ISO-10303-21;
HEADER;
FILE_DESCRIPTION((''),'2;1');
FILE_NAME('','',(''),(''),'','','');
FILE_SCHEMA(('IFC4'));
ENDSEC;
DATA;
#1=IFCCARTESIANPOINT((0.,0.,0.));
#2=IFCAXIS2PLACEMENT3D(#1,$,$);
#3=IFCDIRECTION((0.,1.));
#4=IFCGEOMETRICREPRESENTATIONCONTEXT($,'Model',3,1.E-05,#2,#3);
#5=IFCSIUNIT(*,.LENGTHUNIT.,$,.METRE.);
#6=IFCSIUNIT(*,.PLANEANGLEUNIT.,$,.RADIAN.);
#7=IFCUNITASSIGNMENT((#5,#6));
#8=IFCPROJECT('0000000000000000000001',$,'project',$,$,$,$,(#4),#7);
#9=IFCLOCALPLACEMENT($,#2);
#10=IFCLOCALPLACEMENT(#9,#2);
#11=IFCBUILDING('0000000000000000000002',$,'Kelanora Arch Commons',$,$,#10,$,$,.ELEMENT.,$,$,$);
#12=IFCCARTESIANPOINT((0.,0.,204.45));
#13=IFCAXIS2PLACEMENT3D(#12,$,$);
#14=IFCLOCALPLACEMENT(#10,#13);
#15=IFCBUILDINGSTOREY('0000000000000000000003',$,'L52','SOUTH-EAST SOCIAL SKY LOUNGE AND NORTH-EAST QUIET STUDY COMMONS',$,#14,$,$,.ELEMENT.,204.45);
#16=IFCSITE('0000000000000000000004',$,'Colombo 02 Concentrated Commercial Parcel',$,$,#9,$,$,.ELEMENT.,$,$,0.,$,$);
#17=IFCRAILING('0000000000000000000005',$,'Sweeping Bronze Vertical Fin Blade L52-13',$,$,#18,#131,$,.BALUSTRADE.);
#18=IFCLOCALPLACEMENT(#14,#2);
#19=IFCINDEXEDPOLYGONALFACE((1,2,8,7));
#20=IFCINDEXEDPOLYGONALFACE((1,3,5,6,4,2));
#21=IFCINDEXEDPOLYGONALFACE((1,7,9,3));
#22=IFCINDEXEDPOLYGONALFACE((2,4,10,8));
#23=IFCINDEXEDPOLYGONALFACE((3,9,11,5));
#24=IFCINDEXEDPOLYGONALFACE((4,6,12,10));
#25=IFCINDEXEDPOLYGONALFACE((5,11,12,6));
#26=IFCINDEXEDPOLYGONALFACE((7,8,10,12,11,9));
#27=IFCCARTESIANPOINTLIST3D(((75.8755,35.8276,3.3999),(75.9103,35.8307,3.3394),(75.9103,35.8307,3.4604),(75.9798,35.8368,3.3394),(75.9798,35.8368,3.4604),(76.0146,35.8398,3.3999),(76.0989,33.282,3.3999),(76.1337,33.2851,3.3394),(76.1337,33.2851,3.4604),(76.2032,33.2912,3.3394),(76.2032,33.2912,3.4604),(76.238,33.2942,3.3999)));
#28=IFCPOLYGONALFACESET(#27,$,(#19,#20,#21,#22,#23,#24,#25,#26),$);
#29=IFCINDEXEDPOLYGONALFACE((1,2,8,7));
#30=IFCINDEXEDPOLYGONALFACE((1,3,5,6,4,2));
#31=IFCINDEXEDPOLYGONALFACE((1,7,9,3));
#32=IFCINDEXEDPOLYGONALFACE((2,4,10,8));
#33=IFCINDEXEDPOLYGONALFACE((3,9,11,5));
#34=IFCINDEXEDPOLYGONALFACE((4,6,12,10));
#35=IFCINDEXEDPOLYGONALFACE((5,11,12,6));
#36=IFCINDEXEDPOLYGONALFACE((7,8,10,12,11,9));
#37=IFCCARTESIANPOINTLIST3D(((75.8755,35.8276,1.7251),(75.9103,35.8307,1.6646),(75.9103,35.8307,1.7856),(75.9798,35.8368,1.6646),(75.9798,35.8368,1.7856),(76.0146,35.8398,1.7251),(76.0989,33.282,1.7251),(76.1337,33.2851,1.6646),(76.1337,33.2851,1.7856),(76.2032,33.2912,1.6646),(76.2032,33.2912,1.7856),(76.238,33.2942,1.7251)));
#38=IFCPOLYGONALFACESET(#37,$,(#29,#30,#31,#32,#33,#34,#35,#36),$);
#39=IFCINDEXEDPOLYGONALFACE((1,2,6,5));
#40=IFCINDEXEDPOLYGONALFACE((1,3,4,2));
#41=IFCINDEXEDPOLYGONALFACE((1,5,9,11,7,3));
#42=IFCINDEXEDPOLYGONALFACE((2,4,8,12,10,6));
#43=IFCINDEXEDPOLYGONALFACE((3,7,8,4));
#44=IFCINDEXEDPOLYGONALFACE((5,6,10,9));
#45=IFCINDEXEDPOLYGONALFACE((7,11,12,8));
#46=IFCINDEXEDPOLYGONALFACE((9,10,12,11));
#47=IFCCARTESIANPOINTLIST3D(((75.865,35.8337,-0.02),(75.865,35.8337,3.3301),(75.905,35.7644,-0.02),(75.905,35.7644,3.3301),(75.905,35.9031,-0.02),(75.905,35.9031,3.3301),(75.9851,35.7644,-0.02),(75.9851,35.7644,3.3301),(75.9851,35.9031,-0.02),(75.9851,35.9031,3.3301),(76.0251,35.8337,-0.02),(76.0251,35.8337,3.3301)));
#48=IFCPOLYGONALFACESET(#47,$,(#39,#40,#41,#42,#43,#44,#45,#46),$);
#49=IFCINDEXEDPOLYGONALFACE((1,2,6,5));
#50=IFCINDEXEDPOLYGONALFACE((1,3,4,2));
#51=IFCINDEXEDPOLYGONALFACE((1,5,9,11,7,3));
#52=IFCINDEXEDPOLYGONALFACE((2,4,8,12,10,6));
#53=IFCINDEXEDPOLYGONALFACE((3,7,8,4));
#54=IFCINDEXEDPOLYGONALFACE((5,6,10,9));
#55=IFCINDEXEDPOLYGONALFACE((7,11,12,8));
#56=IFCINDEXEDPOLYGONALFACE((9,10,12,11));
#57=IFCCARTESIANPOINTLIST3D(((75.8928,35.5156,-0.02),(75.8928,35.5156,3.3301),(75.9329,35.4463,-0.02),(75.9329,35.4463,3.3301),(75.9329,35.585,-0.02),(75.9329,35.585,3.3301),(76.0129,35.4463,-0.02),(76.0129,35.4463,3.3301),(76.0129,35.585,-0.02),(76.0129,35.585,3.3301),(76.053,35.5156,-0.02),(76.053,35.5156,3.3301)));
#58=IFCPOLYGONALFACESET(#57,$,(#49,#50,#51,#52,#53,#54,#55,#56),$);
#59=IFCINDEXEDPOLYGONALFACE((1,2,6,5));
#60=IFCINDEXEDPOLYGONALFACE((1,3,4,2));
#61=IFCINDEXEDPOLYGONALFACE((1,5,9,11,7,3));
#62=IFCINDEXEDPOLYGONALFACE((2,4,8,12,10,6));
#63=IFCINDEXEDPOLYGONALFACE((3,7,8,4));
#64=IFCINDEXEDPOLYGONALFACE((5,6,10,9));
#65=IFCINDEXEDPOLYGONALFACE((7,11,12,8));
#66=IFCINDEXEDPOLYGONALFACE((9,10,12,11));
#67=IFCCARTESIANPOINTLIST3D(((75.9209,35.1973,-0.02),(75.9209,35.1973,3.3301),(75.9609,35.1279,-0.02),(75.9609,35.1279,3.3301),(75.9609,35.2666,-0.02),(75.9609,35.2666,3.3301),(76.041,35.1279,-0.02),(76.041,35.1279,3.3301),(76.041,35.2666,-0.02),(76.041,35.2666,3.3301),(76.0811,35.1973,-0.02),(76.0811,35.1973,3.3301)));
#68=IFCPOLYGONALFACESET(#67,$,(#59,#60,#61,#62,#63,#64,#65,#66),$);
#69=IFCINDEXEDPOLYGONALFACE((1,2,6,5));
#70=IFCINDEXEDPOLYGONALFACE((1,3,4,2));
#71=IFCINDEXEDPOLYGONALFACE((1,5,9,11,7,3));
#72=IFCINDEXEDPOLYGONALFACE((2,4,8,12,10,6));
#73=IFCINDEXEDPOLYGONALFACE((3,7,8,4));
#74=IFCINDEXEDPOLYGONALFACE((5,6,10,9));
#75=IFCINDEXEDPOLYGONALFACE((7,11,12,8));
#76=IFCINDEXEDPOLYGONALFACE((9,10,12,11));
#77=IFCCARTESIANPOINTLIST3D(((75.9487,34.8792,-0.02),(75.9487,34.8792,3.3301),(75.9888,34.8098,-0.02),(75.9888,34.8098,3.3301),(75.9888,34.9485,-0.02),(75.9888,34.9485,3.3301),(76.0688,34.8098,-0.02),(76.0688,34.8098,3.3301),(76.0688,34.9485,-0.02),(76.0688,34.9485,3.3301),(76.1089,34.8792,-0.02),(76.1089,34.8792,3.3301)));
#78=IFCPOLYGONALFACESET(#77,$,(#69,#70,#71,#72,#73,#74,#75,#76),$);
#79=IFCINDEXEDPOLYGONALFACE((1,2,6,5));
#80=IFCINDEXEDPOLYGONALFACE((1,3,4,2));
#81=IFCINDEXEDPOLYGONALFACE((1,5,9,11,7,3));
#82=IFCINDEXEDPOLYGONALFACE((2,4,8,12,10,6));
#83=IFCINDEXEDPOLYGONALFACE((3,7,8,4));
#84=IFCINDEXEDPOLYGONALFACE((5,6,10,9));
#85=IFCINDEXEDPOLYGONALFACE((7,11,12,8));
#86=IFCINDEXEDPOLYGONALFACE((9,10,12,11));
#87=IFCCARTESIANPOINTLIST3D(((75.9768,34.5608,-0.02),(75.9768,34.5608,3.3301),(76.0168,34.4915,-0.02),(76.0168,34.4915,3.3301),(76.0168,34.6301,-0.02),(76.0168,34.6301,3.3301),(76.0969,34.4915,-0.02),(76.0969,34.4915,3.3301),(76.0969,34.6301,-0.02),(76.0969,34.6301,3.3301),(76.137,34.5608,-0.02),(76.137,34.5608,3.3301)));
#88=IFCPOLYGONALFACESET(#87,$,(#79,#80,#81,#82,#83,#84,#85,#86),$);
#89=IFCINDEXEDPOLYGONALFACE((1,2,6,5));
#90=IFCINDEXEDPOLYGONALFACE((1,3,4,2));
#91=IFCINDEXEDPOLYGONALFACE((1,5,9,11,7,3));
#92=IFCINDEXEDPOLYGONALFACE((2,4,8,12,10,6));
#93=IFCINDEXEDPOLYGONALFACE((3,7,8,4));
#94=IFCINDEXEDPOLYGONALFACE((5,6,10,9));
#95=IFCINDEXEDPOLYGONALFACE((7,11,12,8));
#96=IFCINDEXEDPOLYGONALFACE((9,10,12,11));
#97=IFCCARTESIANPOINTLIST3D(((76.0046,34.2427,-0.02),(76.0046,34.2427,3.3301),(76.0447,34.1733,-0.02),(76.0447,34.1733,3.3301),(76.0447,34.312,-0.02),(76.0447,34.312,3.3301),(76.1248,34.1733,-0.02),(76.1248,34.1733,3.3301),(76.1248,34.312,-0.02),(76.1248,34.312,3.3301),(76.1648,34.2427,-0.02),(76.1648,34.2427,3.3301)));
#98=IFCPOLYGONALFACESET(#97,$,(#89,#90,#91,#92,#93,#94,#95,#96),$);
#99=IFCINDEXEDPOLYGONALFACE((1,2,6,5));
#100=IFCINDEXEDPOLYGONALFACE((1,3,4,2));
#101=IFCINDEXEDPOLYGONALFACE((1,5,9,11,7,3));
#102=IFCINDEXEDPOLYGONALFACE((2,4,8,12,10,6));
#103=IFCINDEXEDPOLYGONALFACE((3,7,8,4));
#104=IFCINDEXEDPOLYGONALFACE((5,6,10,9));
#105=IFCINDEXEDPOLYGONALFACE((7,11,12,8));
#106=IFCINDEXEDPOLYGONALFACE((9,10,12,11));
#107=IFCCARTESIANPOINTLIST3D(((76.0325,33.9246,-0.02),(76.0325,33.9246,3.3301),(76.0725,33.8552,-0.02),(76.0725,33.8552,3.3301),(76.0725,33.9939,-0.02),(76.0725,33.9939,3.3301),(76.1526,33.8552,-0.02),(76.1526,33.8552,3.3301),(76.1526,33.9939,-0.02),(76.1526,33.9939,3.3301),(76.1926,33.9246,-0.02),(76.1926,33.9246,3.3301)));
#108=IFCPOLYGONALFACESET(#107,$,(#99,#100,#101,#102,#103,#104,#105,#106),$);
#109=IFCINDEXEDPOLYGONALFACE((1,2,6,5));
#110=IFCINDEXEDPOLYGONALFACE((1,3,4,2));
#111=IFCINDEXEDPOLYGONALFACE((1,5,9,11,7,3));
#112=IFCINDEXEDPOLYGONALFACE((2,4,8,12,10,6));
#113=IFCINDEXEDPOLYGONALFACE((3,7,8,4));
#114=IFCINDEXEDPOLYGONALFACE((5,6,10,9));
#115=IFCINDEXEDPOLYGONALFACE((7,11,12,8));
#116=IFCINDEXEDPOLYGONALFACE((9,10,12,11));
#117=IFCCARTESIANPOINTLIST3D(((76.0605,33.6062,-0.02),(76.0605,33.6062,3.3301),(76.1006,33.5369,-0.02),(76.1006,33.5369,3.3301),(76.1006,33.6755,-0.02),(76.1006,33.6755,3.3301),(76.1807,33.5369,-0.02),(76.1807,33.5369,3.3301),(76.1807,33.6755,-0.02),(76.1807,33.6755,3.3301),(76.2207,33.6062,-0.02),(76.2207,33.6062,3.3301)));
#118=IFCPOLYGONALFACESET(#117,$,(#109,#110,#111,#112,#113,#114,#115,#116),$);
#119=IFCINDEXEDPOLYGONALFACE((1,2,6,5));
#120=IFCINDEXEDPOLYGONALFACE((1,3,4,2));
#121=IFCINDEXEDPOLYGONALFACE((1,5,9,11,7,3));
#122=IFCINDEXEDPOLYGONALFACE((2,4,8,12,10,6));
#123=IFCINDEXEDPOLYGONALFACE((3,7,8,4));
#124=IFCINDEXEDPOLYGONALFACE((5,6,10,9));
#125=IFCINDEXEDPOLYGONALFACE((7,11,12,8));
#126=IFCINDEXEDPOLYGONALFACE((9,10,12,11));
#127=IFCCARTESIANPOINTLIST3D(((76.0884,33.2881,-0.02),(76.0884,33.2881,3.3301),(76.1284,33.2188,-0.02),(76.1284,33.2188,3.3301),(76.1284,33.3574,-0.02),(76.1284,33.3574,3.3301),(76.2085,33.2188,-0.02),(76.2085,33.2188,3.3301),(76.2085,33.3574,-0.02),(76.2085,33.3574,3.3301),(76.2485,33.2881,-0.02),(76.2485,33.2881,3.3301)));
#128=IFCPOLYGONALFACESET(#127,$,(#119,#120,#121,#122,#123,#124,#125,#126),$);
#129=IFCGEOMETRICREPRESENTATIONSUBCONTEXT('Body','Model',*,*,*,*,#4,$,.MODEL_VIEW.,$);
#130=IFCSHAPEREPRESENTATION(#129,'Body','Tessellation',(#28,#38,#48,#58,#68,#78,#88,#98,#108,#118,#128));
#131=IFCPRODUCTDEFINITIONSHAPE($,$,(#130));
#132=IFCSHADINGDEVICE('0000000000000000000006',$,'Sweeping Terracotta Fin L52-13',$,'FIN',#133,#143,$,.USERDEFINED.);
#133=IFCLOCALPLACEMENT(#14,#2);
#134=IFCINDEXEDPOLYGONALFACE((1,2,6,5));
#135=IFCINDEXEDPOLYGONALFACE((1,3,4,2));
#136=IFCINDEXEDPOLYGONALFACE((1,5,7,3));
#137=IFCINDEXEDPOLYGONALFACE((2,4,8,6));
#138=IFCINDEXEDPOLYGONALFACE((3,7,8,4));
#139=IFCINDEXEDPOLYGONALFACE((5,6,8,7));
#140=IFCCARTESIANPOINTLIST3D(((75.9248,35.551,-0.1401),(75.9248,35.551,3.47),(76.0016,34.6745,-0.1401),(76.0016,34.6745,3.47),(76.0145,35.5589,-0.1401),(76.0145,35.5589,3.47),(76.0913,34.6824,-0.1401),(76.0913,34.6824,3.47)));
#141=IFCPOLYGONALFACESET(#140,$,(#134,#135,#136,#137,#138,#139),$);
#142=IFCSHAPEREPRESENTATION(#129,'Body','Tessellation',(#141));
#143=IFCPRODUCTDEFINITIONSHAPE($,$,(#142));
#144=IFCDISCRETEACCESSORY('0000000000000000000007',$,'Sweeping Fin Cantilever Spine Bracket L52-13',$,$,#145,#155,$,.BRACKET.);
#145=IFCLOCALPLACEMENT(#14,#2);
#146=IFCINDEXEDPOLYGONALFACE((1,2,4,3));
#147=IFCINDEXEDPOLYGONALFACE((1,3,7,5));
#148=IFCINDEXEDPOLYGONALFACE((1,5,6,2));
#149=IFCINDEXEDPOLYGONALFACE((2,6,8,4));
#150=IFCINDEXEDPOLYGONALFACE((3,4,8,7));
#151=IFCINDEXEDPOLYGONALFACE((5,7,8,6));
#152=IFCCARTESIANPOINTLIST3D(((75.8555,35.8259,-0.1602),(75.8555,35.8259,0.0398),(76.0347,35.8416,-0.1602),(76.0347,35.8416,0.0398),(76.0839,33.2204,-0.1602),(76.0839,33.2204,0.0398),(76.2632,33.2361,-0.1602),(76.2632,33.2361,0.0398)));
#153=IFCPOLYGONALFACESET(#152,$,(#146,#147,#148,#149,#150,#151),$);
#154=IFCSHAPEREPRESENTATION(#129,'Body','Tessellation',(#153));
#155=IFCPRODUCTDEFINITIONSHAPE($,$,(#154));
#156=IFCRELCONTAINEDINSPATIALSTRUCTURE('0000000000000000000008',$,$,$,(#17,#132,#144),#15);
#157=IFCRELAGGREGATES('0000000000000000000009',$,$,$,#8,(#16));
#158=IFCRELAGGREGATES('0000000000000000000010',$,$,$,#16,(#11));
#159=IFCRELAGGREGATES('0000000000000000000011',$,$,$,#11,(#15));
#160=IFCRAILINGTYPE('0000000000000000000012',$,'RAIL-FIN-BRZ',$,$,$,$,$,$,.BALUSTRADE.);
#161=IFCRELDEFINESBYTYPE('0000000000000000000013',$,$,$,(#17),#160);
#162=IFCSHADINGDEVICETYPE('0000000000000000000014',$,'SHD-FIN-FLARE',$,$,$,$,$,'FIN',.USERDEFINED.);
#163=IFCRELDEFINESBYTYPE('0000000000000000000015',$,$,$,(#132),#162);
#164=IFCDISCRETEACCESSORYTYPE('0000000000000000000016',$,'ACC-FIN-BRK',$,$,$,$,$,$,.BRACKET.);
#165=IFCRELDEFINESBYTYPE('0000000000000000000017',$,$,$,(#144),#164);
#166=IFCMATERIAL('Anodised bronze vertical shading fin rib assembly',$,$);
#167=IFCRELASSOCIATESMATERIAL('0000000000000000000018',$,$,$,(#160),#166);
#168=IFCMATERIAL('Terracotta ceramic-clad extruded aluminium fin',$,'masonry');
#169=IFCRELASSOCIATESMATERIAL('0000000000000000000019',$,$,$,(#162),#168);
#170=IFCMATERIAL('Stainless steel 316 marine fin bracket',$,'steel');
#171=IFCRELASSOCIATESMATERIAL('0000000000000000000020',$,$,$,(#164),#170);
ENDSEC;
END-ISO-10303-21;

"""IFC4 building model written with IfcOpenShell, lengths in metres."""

from ifc_helpers import new_model, si_unit, direction, frame, origin, origin_2d, place, context, subcontext, project, spatial, polyline, rectangle, outline, extrude, source, transform, mapped, material, type_object, element, save


model = new_model("IFC4")

# Units and contexts
model_context = context("Model", 3, precision=1e-05, world=origin(), true_north=direction((0.0, 1.0)))
body_context = subcontext(model_context, "Body", "Model", "MODEL_VIEW")
ifc_project = project(units=[si_unit("LENGTHUNIT", "METRE"), si_unit("PLANEANGLEUNIT", "RADIAN")], contexts=[model_context])

# Site, building, storey
site_placement = place(None, origin())
site = spatial("IfcSite", under=ifc_project, at=site_placement, Name="Colombo 02 Concentrated Commercial Parcel", CompositionType="ELEMENT", RefElevation=0.0)
building_placement = place(site_placement, origin())
building = spatial("IfcBuilding", under=site, at=building_placement, Name="Kelanora Arch Commons", CompositionType="ELEMENT")
storey_placement = place(building_placement, frame((0.0, 0.0, 204.45)))
storey = spatial("IfcBuildingStorey", under=building, at=storey_placement, Name="L52", Description="SOUTH-EAST SOCIAL SKY LOUNGE AND NORTH-EAST QUIET STUDY COMMONS", CompositionType="ELEMENT", Elevation=204.45)

# Railing
ifc_material_1 = material(Name="Anodised bronze vertical shading fin rib assembly")
railing_type = type_object("IfcRailingType", Name="RAIL-FIN-BRZ", PredefinedType="BALUSTRADE", material=ifc_material_1)
railing_placement = place(storey_placement, frame((75.9451, 35.8337, -0.02)))
element("IfcRailing", 1, at=railing_placement, inside=storey, type_object=railing_type, Name="Sweeping Bronze Vertical Fin Blade L52-13", PredefinedType="BALUSTRADE", context=body_context, shape_type="SweptSolid", body=[
    extrude(outline(polyline([(0.0698, 0.0), (0.0349, 0.0605), (-0.0349, 0.0605), (-0.0698, 0.0), (-0.0349, -0.0605), (0.0349, -0.0605), (0.0698, 0.0)])), frame((0.0, 0.0, 3.4199), z_axis=(0.087417, -0.996172, 0.0), x_axis=(0.996172, 0.087417, 0.0)), (0.0, 0.0, 1.0), 2.5554),
    extrude(outline(polyline([(0.0698, 0.0), (0.0349, 0.0605), (-0.0349, 0.0605), (-0.0698, 0.0), (-0.0349, -0.0605), (0.0349, -0.0605), (0.0698, 0.0)])), frame((0.0, 0.0, 1.7451), z_axis=(0.087417, -0.996172, 0.0), x_axis=(0.996172, 0.087417, 0.0)), (0.0, 0.0, 1.0), 2.5554),
    extrude(outline(polyline([(0.0801, 0.0), (0.04, 0.0693), (-0.04, 0.0693), (-0.0801, 0.0), (-0.04, -0.0693), (0.04, -0.0693), (0.0801, 0.0)])), origin(), (0.0, 0.0, 1.0), 3.3501),
    extrude(outline(polyline([(0.0801, 0.0), (0.04, 0.0693), (-0.04, 0.0693), (-0.0801, 0.0), (-0.04, -0.0693), (0.04, -0.0693), (0.0801, 0.0)])), frame((0.0278, -0.3181, 0.0)), (0.0, 0.0, 1.0), 3.3501),
    extrude(outline(polyline([(0.0801, 0.0), (0.04, 0.0693), (-0.04, 0.0693), (-0.0801, 0.0), (-0.04, -0.0693), (0.04, -0.0693), (0.0801, 0.0)])), frame((0.0559, -0.6365, 0.0)), (0.0, 0.0, 1.0), 3.3501),
    extrude(outline(polyline([(0.0801, 0.0), (0.04, 0.0693), (-0.04, 0.0693), (-0.0801, 0.0), (-0.04, -0.0693), (0.04, -0.0693), (0.0801, 0.0)])), frame((0.0837, -0.9546, 0.0)), (0.0, 0.0, 1.0), 3.3501),
    extrude(outline(polyline([(0.0801, 0.0), (0.04, 0.0693), (-0.04, 0.0693), (-0.0801, 0.0), (-0.04, -0.0693), (0.04, -0.0693), (0.0801, 0.0)])), frame((0.1118, -1.2729, 0.0)), (0.0, 0.0, 1.0), 3.3501),
    extrude(outline(polyline([(0.0801, 0.0), (0.04, 0.0693), (-0.04, 0.0693), (-0.0801, 0.0), (-0.04, -0.0693), (0.04, -0.0693), (0.0801, 0.0)])), frame((0.1396, -1.5911, 0.0)), (0.0, 0.0, 1.0), 3.3501),
    extrude(outline(polyline([(0.0801, 0.0), (0.04, 0.0693), (-0.04, 0.0693), (-0.0801, 0.0), (-0.04, -0.0693), (0.04, -0.0693), (0.0801, 0.0)])), frame((0.1675, -1.9092, 0.0)), (0.0, 0.0, 1.0), 3.3501),
    extrude(outline(polyline([(0.0801, 0.0), (0.04, 0.0693), (-0.04, 0.0693), (-0.0801, 0.0), (-0.04, -0.0693), (0.04, -0.0693), (0.0801, 0.0)])), frame((0.1956, -2.2275, 0.0)), (0.0, 0.0, 1.0), 3.3501),
    extrude(outline(polyline([(0.0801, 0.0), (0.04, 0.0693), (-0.04, 0.0693), (-0.0801, 0.0), (-0.04, -0.0693), (0.04, -0.0693), (0.0801, 0.0)])), frame((0.2234, -2.5457, 0.0)), (0.0, 0.0, 1.0), 3.3501),
])

# Shading device
ifc_material_2 = material(Name="Terracotta ceramic-clad extruded aluminium fin", Category="masonry")
shading_device_type = type_object("IfcShadingDeviceType", Name="SHD-FIN-FLARE", ElementType="FIN", PredefinedType="USERDEFINED", material=ifc_material_2)
shared_shape_1 = source(origin(), body_context, "Body", "SweptSolid", [
    extrude(rectangle(XDim=0.8799, YDim=0.0901, at=origin_2d()), origin(), (0.0, 0.0, 1.0), 3.6101),
])
shading_device_placement = place(storey_placement, frame((76.0081, 35.1167, -0.1401), z_axis=(0.0, 0.0, 1.0), x_axis=(0.08733, -0.996179, 0.0)))
element("IfcShadingDevice", 2, at=shading_device_placement, inside=storey, type_object=shading_device_type, Name="Sweeping Terracotta Fin L52-13", ObjectType="FIN", PredefinedType="USERDEFINED", context=body_context, shape_type="MappedRepresentation", body=[
    mapped(shared_shape_1, transform((0.0, 0.0, 0.0), scale=1.0)),
])

# Discrete accessory
ifc_material_3 = material(Name="Stainless steel 316 marine fin bracket", Category="steel")
discrete_accessory_type = type_object("IfcDiscreteAccessoryType", Name="ACC-FIN-BRK", PredefinedType="BRACKET", material=ifc_material_3)
shared_shape_2 = source(origin(), body_context, "Body", "SweptSolid", [
    extrude(rectangle(XDim=2.6155, YDim=0.1799, at=origin_2d()), origin(), (0.0, 0.0, 1.0), 0.2),
])
discrete_accessory_placement = place(storey_placement, frame((76.0593, 34.531, -0.1602), z_axis=(0.0, 0.0, 1.0), x_axis=(0.08733, -0.996179, 0.0)))
element("IfcDiscreteAccessory", 3, at=discrete_accessory_placement, inside=storey, type_object=discrete_accessory_type, Name="Sweeping Fin Cantilever Spine Bracket L52-13", PredefinedType="BRACKET", context=body_context, shape_type="MappedRepresentation", body=[
    mapped(shared_shape_2, transform((0.0, 0.0, 0.0), scale=1.0)),
])

save(model, "model.ifc")
